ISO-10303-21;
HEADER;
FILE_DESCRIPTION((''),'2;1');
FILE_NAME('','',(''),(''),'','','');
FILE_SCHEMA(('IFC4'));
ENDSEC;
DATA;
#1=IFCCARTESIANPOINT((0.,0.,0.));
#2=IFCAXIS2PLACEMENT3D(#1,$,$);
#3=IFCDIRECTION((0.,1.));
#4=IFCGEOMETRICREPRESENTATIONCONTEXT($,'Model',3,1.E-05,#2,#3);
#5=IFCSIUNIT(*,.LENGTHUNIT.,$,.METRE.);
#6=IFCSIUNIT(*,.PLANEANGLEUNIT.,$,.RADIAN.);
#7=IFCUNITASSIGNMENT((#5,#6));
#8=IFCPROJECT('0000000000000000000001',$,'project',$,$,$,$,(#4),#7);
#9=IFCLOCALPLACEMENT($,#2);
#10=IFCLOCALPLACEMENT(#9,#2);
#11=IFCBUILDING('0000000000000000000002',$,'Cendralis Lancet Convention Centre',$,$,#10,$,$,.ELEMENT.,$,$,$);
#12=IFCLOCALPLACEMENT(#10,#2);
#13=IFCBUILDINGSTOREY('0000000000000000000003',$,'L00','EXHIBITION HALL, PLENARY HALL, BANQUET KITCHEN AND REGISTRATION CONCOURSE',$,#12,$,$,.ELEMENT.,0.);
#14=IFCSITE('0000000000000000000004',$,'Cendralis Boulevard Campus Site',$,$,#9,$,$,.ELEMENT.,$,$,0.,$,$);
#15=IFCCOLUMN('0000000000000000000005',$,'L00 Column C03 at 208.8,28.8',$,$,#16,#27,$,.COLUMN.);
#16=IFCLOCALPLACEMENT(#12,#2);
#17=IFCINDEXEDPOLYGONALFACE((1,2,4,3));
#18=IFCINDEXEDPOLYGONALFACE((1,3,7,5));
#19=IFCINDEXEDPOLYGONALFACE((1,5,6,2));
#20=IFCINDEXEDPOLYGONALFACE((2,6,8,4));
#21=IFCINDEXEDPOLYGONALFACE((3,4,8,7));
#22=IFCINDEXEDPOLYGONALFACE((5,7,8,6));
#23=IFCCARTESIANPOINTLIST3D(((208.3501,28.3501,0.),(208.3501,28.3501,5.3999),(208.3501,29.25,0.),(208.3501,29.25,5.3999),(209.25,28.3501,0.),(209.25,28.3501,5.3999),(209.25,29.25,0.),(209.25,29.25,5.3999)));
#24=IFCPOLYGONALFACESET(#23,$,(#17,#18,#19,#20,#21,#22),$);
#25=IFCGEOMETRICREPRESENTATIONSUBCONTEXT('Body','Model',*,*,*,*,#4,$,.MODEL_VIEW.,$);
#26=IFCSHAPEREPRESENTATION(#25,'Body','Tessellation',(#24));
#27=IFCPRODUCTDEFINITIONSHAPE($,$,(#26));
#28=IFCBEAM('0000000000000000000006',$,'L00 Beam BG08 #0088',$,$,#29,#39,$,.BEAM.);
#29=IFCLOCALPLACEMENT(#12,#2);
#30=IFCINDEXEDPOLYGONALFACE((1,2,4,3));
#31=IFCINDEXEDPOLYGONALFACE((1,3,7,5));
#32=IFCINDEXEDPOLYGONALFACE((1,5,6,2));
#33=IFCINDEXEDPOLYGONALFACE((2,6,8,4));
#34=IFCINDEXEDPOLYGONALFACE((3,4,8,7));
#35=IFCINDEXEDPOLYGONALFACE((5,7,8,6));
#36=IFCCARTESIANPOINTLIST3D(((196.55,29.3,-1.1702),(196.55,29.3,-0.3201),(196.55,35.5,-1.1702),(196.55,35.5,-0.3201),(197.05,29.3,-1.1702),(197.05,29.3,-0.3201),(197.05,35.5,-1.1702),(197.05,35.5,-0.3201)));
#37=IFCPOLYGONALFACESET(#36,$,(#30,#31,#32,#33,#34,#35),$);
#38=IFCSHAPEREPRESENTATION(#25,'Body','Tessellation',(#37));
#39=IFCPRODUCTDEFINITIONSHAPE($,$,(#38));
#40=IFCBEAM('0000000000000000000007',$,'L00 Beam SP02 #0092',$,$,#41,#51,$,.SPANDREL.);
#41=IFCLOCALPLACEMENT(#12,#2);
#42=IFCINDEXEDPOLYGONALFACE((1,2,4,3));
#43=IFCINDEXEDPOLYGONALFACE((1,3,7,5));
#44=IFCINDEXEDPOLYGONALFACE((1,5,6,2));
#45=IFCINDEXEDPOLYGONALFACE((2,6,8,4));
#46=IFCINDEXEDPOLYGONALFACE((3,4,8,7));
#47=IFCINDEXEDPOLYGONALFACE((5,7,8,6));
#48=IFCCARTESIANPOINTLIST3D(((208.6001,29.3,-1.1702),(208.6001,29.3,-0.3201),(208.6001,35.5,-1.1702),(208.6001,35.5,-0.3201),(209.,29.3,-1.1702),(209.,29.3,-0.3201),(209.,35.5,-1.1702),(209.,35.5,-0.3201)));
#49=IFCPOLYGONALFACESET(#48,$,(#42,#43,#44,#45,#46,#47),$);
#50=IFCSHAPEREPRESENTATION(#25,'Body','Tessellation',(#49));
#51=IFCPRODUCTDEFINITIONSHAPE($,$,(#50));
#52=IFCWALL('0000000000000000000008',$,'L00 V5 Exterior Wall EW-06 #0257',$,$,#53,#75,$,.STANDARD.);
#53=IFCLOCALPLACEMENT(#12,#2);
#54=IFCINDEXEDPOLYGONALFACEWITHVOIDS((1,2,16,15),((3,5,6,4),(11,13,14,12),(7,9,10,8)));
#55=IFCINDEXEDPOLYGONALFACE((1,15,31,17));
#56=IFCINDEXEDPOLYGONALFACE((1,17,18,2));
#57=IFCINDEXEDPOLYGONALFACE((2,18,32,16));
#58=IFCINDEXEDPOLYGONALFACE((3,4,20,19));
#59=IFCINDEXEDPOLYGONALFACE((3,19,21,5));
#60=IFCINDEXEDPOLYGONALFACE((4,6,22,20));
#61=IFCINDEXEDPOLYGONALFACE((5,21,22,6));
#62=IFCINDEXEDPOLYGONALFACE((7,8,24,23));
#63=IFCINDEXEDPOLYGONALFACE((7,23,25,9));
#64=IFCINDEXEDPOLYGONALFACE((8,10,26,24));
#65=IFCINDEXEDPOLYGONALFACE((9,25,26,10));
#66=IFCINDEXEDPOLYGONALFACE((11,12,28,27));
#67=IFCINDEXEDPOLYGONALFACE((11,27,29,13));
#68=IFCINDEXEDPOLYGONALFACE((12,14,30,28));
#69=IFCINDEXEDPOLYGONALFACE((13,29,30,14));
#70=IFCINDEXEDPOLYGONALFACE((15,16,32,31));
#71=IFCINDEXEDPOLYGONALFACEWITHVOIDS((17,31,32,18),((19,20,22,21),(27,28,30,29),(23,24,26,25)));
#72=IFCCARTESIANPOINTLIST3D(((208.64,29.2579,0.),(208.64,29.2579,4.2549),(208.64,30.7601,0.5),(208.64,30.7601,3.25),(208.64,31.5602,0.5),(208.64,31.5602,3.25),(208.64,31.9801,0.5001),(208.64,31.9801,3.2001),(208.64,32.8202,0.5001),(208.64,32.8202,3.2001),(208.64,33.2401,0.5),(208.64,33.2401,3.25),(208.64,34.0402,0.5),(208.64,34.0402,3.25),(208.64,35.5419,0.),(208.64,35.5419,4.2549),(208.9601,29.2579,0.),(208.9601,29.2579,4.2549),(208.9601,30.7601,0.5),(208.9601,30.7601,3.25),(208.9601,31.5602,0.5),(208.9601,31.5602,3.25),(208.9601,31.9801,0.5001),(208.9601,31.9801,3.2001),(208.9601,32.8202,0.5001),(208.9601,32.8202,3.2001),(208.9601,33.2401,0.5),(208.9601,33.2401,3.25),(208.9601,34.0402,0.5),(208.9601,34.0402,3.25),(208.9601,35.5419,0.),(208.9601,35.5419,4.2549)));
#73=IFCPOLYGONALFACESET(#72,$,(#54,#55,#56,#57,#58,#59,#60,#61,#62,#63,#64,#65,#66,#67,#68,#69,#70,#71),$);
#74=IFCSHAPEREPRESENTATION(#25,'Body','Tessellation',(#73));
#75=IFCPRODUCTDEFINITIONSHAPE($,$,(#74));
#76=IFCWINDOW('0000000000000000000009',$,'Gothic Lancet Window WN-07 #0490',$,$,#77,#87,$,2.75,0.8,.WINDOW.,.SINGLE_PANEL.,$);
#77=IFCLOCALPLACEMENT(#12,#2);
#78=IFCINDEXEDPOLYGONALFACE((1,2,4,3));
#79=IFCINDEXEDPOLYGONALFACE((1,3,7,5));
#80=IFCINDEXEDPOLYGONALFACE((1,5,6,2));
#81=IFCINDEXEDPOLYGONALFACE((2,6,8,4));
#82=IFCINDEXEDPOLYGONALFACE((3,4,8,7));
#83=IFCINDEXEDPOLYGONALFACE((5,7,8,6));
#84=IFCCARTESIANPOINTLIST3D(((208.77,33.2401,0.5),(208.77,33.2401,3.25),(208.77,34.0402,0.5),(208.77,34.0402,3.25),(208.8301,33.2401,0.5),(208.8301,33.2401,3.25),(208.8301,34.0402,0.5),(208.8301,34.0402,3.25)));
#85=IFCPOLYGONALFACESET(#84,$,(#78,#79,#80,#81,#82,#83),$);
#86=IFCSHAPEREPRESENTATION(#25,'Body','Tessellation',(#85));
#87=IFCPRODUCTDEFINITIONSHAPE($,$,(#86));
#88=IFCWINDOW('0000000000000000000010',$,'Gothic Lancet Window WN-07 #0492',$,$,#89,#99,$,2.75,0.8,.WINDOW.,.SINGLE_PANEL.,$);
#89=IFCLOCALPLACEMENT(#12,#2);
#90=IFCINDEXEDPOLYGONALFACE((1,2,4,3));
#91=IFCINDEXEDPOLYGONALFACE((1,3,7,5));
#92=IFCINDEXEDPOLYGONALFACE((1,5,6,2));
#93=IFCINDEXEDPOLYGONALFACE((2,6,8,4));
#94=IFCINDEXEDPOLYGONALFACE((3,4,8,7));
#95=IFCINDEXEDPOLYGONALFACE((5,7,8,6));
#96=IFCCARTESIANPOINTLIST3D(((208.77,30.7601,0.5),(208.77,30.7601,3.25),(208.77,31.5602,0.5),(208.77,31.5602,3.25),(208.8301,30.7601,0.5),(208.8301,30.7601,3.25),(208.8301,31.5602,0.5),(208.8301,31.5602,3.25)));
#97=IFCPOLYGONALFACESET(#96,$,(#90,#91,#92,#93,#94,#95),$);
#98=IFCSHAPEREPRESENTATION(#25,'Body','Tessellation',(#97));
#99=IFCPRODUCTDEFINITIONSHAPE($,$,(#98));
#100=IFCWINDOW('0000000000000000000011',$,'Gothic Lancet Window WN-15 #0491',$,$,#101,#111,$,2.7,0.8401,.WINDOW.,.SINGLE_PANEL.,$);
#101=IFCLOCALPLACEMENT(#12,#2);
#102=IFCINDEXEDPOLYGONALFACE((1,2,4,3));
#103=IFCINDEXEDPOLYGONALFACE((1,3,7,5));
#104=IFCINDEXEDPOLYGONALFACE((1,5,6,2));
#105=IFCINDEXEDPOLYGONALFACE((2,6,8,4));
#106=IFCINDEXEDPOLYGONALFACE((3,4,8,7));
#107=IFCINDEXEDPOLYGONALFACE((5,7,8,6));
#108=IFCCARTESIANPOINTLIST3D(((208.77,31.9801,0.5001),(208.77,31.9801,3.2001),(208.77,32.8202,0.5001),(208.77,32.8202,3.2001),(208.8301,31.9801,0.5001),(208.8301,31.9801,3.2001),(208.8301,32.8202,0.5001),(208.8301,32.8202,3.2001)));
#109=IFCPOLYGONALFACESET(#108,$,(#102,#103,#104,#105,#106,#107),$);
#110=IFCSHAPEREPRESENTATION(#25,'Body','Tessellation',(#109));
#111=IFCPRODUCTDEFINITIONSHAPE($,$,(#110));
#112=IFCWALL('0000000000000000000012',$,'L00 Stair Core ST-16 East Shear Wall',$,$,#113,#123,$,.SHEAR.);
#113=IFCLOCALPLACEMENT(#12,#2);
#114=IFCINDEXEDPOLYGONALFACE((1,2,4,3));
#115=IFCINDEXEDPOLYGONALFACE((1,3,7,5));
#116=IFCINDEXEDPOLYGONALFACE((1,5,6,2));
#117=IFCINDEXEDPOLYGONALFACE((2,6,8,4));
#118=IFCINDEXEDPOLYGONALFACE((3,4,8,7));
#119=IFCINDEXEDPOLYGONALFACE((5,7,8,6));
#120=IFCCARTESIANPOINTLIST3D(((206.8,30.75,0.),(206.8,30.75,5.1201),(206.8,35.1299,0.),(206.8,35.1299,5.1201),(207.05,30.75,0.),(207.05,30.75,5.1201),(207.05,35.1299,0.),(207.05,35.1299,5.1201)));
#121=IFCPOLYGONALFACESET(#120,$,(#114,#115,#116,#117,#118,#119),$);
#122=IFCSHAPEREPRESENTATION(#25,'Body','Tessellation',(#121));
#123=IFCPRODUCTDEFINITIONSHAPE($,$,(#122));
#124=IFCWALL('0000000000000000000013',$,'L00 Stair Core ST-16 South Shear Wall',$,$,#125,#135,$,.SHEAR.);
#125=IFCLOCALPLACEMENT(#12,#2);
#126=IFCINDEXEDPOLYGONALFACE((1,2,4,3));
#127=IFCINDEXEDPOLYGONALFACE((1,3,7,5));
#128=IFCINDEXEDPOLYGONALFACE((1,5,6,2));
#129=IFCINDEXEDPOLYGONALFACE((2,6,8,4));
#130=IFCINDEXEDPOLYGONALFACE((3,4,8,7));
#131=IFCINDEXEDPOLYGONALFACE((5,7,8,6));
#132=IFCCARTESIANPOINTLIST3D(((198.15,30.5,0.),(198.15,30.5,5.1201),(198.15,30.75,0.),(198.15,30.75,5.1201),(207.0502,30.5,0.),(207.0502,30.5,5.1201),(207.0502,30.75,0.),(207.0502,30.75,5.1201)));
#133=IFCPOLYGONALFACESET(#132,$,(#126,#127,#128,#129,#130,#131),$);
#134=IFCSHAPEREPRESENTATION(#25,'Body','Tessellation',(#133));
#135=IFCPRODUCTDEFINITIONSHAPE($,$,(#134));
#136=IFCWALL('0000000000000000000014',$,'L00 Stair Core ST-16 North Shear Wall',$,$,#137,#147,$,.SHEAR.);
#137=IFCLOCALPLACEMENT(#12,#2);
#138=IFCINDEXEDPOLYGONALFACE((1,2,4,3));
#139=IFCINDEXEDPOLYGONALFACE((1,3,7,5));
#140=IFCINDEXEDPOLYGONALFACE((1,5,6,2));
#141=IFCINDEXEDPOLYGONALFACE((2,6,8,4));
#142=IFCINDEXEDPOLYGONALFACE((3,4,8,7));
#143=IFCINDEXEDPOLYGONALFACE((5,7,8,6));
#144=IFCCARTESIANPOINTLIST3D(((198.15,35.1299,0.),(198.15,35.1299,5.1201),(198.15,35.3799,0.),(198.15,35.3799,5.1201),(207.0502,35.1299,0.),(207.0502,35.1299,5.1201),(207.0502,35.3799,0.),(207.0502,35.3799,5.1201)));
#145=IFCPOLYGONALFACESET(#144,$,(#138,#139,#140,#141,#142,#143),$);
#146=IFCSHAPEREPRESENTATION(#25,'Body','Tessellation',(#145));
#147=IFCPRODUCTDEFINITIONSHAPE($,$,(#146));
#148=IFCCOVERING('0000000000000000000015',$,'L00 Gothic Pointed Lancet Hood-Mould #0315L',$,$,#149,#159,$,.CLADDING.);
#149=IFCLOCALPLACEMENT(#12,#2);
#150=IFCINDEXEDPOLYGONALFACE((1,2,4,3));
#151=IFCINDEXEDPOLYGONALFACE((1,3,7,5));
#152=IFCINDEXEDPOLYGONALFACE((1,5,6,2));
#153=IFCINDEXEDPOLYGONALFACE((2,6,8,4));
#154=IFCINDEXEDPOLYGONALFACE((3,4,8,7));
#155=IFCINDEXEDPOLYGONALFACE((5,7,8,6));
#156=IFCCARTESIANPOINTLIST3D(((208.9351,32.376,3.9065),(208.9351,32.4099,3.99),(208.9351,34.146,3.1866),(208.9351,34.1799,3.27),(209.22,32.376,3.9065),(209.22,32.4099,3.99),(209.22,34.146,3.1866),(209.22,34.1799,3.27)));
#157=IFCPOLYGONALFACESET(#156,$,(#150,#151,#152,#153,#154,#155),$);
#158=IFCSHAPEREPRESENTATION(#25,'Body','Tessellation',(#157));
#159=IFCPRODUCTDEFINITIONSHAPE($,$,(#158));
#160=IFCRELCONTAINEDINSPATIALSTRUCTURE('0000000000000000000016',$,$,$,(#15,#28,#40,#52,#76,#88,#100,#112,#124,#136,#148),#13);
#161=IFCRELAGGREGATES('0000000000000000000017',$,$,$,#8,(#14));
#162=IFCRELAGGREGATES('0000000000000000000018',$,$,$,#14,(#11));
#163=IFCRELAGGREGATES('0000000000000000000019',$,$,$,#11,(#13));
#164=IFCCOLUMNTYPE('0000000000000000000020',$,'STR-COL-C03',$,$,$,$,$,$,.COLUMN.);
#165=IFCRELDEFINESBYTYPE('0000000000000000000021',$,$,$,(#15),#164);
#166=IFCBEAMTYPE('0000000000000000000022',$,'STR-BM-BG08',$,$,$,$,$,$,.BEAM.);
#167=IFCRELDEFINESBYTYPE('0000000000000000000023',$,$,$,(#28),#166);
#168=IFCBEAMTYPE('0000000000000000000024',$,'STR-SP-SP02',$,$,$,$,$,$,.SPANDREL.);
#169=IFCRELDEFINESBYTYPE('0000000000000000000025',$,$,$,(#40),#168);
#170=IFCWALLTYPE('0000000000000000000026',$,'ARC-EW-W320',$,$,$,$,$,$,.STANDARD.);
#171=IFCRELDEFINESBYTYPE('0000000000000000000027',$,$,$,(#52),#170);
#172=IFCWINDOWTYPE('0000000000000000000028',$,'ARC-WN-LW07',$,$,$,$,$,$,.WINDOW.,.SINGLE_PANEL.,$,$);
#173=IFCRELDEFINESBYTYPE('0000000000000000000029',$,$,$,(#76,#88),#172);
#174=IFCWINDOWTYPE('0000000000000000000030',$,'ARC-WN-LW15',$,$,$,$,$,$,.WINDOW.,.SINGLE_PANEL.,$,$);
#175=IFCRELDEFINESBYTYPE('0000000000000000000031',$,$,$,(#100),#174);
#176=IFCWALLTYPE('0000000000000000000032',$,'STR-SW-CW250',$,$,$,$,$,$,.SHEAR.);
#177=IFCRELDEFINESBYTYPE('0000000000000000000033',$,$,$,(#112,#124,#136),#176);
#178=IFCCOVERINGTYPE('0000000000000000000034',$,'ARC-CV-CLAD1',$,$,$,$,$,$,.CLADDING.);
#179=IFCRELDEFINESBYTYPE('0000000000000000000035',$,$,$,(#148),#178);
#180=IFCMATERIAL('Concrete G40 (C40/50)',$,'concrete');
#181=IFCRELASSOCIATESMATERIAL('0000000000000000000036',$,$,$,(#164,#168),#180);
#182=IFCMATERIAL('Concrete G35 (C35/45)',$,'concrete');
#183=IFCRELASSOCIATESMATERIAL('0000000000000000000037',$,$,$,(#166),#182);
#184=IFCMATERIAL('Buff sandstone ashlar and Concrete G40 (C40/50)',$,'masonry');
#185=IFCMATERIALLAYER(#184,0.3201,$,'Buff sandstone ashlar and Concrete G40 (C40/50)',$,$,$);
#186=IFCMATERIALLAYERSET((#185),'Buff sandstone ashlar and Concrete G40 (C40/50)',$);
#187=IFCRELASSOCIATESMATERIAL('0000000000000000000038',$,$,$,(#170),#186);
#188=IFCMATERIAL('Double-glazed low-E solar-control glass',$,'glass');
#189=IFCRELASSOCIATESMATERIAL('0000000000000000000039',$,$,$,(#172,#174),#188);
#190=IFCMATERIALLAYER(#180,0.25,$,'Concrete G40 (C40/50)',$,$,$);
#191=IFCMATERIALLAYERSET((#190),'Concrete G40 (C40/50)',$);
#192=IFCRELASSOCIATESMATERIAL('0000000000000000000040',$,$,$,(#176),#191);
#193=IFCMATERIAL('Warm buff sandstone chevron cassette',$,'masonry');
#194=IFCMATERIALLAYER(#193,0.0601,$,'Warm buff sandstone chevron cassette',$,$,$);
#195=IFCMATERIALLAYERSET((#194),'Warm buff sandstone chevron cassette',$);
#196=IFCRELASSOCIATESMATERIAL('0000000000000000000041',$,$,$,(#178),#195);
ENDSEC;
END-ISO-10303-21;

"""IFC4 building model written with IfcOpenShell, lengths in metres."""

from ifc_helpers import new_model, si_unit, direction, frame, frame_2d, origin, origin_2d, place, context, subcontext, project, spatial, polyline, rectangle, outline, extrude, material, layer, layer_set, material_profile, profile_set, type_object, element, fill, save


model = new_model("IFC4")

# Units and contexts
model_context = context("Model", 3, precision=1e-05, world=origin(), true_north=direction((0.0, 1.0)))
body_context = subcontext(model_context, "Body", "Model", "MODEL_VIEW")
ifc_project = project(units=[si_unit("LENGTHUNIT", "METRE"), si_unit("PLANEANGLEUNIT", "RADIAN")], contexts=[model_context])

# Site, building, storey
site_placement = place(None, origin())
site = spatial("IfcSite", under=ifc_project, at=site_placement, Name="Cendralis Boulevard Campus Site", CompositionType="ELEMENT", RefElevation=0.0)
building_placement = place(site_placement, origin())
building = spatial("IfcBuilding", under=site, at=building_placement, Name="Cendralis Lancet Convention Centre", CompositionType="ELEMENT")
storey_placement = place(building_placement, origin())
storey = spatial("IfcBuildingStorey", under=building, at=storey_placement, Name="L00", Description="EXHIBITION HALL, PLENARY HALL, BANQUET KITCHEN AND REGISTRATION CONCOURSE", CompositionType="ELEMENT", Elevation=0.0)

# Column
ifc_material_1 = material(Name="Concrete G40 (C40/50)", Category="concrete")
ifc_material_profile_1 = material_profile(ifc_material_1, rectangle(XDim=0.8999, YDim=0.8999, at=origin_2d()), Name="RC 900x900")
ifc_profile_set_1 = profile_set([ifc_material_profile_1], Name="Concrete G40 (C40/50)")
column_type = type_object("IfcColumnType", Name="STR-COL-C03", PredefinedType="COLUMN", material=ifc_profile_set_1)
column_placement = place(storey_placement, frame((208.8, 28.8, 0.0), z_axis=(0.0, 0.0, 1.0), x_axis=(1.0, 0.0, 0.0)))
element("IfcColumn", 1, at=column_placement, inside=storey, type_object=column_type, Name="L00 Column C03 at 208.8,28.8", PredefinedType="COLUMN", context=body_context, shape_type="SweptSolid", body=[
    extrude(rectangle(XDim=0.8999, YDim=0.8999, at=origin_2d()), origin(), (0.0, 0.0, 1.0), 5.3999),
])

# Beams
ifc_material_2 = material(Name="Concrete G35 (C35/45)", Category="concrete")
ifc_material_profile_2 = material_profile(ifc_material_2, rectangle(XDim=0.5, YDim=0.8501, at=origin_2d()), Name="RCB 500x850")
ifc_profile_set_2 = profile_set([ifc_material_profile_2], Name="Concrete G35 (C35/45)")
beam_type_1 = type_object("IfcBeamType", Name="STR-BM-BG08", PredefinedType="BEAM", material=ifc_profile_set_2)
beam_1_placement = place(storey_placement, frame((196.8, 29.3, -0.7451), z_axis=(0.0, 1.0, 0.0), x_axis=(-1.0, 0.0, 0.0)))
element("IfcBeam", 2, at=beam_1_placement, inside=storey, type_object=beam_type_1, Name="L00 Beam BG08 #0088", PredefinedType="BEAM", context=body_context, shape_type="SweptSolid", body=[
    extrude(rectangle(XDim=0.5, YDim=0.8501, at=origin_2d()), origin(), (0.0, 0.0, 1.0), 6.2),
])
ifc_material_profile_3 = material_profile(ifc_material_1, rectangle(XDim=0.3999, YDim=0.8501, at=origin_2d()), Name="RCB 400x850")
ifc_profile_set_3 = profile_set([ifc_material_profile_3], Name="Concrete G40 (C40/50)")
beam_type_2 = type_object("IfcBeamType", Name="STR-SP-SP02", PredefinedType="SPANDREL", material=ifc_profile_set_3)
beam_2_placement = place(storey_placement, frame((208.8, 29.3, -0.7451), z_axis=(0.0, 1.0, 0.0), x_axis=(-1.0, 0.0, 0.0)))
element("IfcBeam", 3, at=beam_2_placement, inside=storey, type_object=beam_type_2, Name="L00 Beam SP02 #0092", PredefinedType="SPANDREL", context=body_context, shape_type="SweptSolid", body=[
    extrude(rectangle(XDim=0.3999, YDim=0.8501, at=origin_2d()), origin(), (0.0, 0.0, 1.0), 6.2),
])

# Wall, openings, windows
ifc_material_3 = material(Name="Buff sandstone ashlar and Concrete G40 (C40/50)", Category="masonry")
ifc_layer_1 = layer(ifc_material_3, 0.3201, Name="Buff sandstone ashlar and Concrete G40 (C40/50)")
ifc_layer_set_1 = layer_set([ifc_layer_1], Name="Buff sandstone ashlar and Concrete G40 (C40/50)")
wall_type_1 = type_object("IfcWallType", Name="ARC-EW-W320", PredefinedType="STANDARD", material=ifc_layer_set_1)
wall_1_placement = place(storey_placement, frame((208.8, 35.542, 0.0), z_axis=(0.0, 0.0, 1.0), x_axis=(0.0, -1.0, 0.0)))
wall_1 = element("IfcWall", 4, at=wall_1_placement, inside=storey, type_object=wall_type_1, Name="L00 V5 Exterior Wall EW-06 #0257", PredefinedType="STANDARD", context=body_context, shape_type="SweptSolid", body=[
    extrude(rectangle(XDim=6.2839, YDim=0.3201, at=frame_2d((3.1421, 0.0))), origin(), (0.0, 0.0, 1.0), 4.2549),
])
opening_1_placement = place(wall_1_placement, frame((1.502, 0.0, 0.5)))
opening_1 = element("IfcOpeningElement", 5, at=opening_1_placement, cuts=wall_1, PredefinedType="OPENING", context=body_context, shape_type="SweptSolid", body=[
    extrude(rectangle(XDim=0.8, YDim=2.75, at=frame_2d((0.3999, 1.375))), frame((0.0, 0.1699, 0.0), z_axis=(0.0, -1.0, 0.0), x_axis=(1.0, 0.0, 0.0)), (0.0, 0.0, 1.0), 0.3401),
])
opening_2_placement = place(wall_1_placement, frame((2.7219, 0.0, 0.5)))
opening_2 = element("IfcOpeningElement", 6, at=opening_2_placement, cuts=wall_1, PredefinedType="OPENING", context=body_context, shape_type="SweptSolid", body=[
    extrude(rectangle(XDim=0.8401, YDim=2.7, at=frame_2d((0.4199, 1.3501))), frame((0.0, 0.1699, 0.0), z_axis=(0.0, -1.0, 0.0), x_axis=(1.0, 0.0, 0.0)), (0.0, 0.0, 1.0), 0.3401),
])
opening_3_placement = place(wall_1_placement, frame((3.9819, 0.0, 0.5)))
opening_3 = element("IfcOpeningElement", 7, at=opening_3_placement, cuts=wall_1, PredefinedType="OPENING", context=body_context, shape_type="SweptSolid", body=[
    extrude(rectangle(XDim=0.8, YDim=2.75, at=frame_2d((0.3999, 1.375))), frame((0.0, 0.1699, 0.0), z_axis=(0.0, -1.0, 0.0), x_axis=(1.0, 0.0, 0.0)), (0.0, 0.0, 1.0), 0.3401),
])
ifc_material_4 = material(Name="Double-glazed low-E solar-control glass", Category="glass")
window_type_1 = type_object("IfcWindowType", Name="ARC-WN-LW07", PartitioningType="SINGLE_PANEL", PredefinedType="WINDOW", material=ifc_material_4)
window_1_placement = place(opening_1_placement, origin())
window_1 = element("IfcWindow", 8, at=window_1_placement, inside=storey, type_object=window_type_1, Name="Gothic Lancet Window WN-07 #0490", OverallHeight=2.75, OverallWidth=0.8, PartitioningType="SINGLE_PANEL", PredefinedType="WINDOW", context=body_context, shape_type="SweptSolid", body=[
    extrude(rectangle(XDim=0.8, YDim=2.75, at=frame_2d((0.3999, 1.375))), frame((0.0, 0.03, 0.0), z_axis=(0.0, -1.0, 0.0), x_axis=(1.0, 0.0, 0.0)), (0.0, 0.0, 1.0), 0.0601),
])
fill(opening_1, window_1)
window_2_placement = place(opening_3_placement, origin())
window_2 = element("IfcWindow", 9, at=window_2_placement, inside=storey, type_object=window_type_1, Name="Gothic Lancet Window WN-07 #0492", OverallHeight=2.75, OverallWidth=0.8, PartitioningType="SINGLE_PANEL", PredefinedType="WINDOW", context=body_context, shape_type="SweptSolid", body=[
    extrude(rectangle(XDim=0.8, YDim=2.75, at=frame_2d((0.3999, 1.375))), frame((0.0, 0.03, 0.0), z_axis=(0.0, -1.0, 0.0), x_axis=(1.0, 0.0, 0.0)), (0.0, 0.0, 1.0), 0.0601),
])
fill(opening_3, window_2)
window_type_2 = type_object("IfcWindowType", Name="ARC-WN-LW15", PartitioningType="SINGLE_PANEL", PredefinedType="WINDOW", material=ifc_material_4)
window_3_placement = place(opening_2_placement, origin())
window_3 = element("IfcWindow", 10, at=window_3_placement, inside=storey, type_object=window_type_2, Name="Gothic Lancet Window WN-15 #0491", OverallHeight=2.7, OverallWidth=0.8401, PartitioningType="SINGLE_PANEL", PredefinedType="WINDOW", context=body_context, shape_type="SweptSolid", body=[
    extrude(rectangle(XDim=0.8401, YDim=2.7, at=frame_2d((0.4199, 1.3501))), frame((0.0, 0.03, 0.0), z_axis=(0.0, -1.0, 0.0), x_axis=(1.0, 0.0, 0.0)), (0.0, 0.0, 1.0), 0.0601),
])
fill(opening_2, window_3)

# Shared definitions
ifc_layer_2 = layer(ifc_material_1, 0.25, Name="Concrete G40 (C40/50)")
ifc_layer_set_2 = layer_set([ifc_layer_2], Name="Concrete G40 (C40/50)")
wall_type_2 = type_object("IfcWallType", Name="STR-SW-CW250", PredefinedType="SHEAR", material=ifc_layer_set_2)

# Walls
wall_2_placement = place(storey_placement, frame((206.925, 30.75, 0.0), z_axis=(0.0, 0.0, 1.0), x_axis=(0.0, 1.0, 0.0)))
element("IfcWall", 11, at=wall_2_placement, inside=storey, type_object=wall_type_2, Name="L00 Stair Core ST-16 East Shear Wall", PredefinedType="SHEAR", context=body_context, shape_type="SweptSolid", body=[
    extrude(rectangle(XDim=4.3799, YDim=0.25, at=frame_2d((2.1899, 0.0))), origin(), (0.0, 0.0, 1.0), 5.1201),
])
for number, where, z_axis, x_axis, name in (
    (12, (198.1499, 30.625, 0.0), (0.0, 0.0, 1.0), (1.0, 0.0, 0.0), "L00 Stair Core ST-16 South Shear Wall"),
    (13, (198.1499, 35.2549, 0.0), (0.0, 0.0, 1.0), (1.0, 0.0, 0.0), "L00 Stair Core ST-16 North Shear Wall"),
):
    element("IfcWall", number, at=place(storey_placement, frame(where, z_axis=z_axis, x_axis=x_axis)), inside=storey, type_object=wall_type_2, Name=name, PredefinedType="SHEAR", context=body_context, shape_type="SweptSolid", body=[
        extrude(rectangle(XDim=8.9001, YDim=0.25, at=frame_2d((4.4502, 0.0))), origin(), (0.0, 0.0, 1.0), 5.1201),
    ])

# Covering
ifc_material_5 = material(Name="Warm buff sandstone chevron cassette", Category="masonry")
ifc_layer_3 = layer(ifc_material_5, 0.0601, Name="Warm buff sandstone chevron cassette")
ifc_layer_set_3 = layer_set([ifc_layer_3], Name="Warm buff sandstone chevron cassette")
covering_type = type_object("IfcCoveringType", Name="ARC-CV-CLAD1", PredefinedType="CLADDING", material=ifc_layer_set_3)
covering_1_placement = place(storey_placement, frame((209.22, 34.1799, 3.27), z_axis=(0.0, 0.376781, 0.926302), x_axis=(-1.0, 0.0, 0.0)))
element("IfcCovering", 14, at=covering_1_placement, inside=storey, type_object=covering_type, Name="L00 Gothic Pointed Lancet Hood-Mould #0315L", PredefinedType="CLADDING", context=body_context, shape_type="SweptSolid", body=[
    extrude(outline(polyline([(0.0, 0.0), (0.2849, 0.0), (0.2849, 1.9108), (0.0, 1.9108), (0.0, 0.0)])), origin(), (0.0, 0.0, -1.0), 0.0901),
])

save(model, "model.ifc")
